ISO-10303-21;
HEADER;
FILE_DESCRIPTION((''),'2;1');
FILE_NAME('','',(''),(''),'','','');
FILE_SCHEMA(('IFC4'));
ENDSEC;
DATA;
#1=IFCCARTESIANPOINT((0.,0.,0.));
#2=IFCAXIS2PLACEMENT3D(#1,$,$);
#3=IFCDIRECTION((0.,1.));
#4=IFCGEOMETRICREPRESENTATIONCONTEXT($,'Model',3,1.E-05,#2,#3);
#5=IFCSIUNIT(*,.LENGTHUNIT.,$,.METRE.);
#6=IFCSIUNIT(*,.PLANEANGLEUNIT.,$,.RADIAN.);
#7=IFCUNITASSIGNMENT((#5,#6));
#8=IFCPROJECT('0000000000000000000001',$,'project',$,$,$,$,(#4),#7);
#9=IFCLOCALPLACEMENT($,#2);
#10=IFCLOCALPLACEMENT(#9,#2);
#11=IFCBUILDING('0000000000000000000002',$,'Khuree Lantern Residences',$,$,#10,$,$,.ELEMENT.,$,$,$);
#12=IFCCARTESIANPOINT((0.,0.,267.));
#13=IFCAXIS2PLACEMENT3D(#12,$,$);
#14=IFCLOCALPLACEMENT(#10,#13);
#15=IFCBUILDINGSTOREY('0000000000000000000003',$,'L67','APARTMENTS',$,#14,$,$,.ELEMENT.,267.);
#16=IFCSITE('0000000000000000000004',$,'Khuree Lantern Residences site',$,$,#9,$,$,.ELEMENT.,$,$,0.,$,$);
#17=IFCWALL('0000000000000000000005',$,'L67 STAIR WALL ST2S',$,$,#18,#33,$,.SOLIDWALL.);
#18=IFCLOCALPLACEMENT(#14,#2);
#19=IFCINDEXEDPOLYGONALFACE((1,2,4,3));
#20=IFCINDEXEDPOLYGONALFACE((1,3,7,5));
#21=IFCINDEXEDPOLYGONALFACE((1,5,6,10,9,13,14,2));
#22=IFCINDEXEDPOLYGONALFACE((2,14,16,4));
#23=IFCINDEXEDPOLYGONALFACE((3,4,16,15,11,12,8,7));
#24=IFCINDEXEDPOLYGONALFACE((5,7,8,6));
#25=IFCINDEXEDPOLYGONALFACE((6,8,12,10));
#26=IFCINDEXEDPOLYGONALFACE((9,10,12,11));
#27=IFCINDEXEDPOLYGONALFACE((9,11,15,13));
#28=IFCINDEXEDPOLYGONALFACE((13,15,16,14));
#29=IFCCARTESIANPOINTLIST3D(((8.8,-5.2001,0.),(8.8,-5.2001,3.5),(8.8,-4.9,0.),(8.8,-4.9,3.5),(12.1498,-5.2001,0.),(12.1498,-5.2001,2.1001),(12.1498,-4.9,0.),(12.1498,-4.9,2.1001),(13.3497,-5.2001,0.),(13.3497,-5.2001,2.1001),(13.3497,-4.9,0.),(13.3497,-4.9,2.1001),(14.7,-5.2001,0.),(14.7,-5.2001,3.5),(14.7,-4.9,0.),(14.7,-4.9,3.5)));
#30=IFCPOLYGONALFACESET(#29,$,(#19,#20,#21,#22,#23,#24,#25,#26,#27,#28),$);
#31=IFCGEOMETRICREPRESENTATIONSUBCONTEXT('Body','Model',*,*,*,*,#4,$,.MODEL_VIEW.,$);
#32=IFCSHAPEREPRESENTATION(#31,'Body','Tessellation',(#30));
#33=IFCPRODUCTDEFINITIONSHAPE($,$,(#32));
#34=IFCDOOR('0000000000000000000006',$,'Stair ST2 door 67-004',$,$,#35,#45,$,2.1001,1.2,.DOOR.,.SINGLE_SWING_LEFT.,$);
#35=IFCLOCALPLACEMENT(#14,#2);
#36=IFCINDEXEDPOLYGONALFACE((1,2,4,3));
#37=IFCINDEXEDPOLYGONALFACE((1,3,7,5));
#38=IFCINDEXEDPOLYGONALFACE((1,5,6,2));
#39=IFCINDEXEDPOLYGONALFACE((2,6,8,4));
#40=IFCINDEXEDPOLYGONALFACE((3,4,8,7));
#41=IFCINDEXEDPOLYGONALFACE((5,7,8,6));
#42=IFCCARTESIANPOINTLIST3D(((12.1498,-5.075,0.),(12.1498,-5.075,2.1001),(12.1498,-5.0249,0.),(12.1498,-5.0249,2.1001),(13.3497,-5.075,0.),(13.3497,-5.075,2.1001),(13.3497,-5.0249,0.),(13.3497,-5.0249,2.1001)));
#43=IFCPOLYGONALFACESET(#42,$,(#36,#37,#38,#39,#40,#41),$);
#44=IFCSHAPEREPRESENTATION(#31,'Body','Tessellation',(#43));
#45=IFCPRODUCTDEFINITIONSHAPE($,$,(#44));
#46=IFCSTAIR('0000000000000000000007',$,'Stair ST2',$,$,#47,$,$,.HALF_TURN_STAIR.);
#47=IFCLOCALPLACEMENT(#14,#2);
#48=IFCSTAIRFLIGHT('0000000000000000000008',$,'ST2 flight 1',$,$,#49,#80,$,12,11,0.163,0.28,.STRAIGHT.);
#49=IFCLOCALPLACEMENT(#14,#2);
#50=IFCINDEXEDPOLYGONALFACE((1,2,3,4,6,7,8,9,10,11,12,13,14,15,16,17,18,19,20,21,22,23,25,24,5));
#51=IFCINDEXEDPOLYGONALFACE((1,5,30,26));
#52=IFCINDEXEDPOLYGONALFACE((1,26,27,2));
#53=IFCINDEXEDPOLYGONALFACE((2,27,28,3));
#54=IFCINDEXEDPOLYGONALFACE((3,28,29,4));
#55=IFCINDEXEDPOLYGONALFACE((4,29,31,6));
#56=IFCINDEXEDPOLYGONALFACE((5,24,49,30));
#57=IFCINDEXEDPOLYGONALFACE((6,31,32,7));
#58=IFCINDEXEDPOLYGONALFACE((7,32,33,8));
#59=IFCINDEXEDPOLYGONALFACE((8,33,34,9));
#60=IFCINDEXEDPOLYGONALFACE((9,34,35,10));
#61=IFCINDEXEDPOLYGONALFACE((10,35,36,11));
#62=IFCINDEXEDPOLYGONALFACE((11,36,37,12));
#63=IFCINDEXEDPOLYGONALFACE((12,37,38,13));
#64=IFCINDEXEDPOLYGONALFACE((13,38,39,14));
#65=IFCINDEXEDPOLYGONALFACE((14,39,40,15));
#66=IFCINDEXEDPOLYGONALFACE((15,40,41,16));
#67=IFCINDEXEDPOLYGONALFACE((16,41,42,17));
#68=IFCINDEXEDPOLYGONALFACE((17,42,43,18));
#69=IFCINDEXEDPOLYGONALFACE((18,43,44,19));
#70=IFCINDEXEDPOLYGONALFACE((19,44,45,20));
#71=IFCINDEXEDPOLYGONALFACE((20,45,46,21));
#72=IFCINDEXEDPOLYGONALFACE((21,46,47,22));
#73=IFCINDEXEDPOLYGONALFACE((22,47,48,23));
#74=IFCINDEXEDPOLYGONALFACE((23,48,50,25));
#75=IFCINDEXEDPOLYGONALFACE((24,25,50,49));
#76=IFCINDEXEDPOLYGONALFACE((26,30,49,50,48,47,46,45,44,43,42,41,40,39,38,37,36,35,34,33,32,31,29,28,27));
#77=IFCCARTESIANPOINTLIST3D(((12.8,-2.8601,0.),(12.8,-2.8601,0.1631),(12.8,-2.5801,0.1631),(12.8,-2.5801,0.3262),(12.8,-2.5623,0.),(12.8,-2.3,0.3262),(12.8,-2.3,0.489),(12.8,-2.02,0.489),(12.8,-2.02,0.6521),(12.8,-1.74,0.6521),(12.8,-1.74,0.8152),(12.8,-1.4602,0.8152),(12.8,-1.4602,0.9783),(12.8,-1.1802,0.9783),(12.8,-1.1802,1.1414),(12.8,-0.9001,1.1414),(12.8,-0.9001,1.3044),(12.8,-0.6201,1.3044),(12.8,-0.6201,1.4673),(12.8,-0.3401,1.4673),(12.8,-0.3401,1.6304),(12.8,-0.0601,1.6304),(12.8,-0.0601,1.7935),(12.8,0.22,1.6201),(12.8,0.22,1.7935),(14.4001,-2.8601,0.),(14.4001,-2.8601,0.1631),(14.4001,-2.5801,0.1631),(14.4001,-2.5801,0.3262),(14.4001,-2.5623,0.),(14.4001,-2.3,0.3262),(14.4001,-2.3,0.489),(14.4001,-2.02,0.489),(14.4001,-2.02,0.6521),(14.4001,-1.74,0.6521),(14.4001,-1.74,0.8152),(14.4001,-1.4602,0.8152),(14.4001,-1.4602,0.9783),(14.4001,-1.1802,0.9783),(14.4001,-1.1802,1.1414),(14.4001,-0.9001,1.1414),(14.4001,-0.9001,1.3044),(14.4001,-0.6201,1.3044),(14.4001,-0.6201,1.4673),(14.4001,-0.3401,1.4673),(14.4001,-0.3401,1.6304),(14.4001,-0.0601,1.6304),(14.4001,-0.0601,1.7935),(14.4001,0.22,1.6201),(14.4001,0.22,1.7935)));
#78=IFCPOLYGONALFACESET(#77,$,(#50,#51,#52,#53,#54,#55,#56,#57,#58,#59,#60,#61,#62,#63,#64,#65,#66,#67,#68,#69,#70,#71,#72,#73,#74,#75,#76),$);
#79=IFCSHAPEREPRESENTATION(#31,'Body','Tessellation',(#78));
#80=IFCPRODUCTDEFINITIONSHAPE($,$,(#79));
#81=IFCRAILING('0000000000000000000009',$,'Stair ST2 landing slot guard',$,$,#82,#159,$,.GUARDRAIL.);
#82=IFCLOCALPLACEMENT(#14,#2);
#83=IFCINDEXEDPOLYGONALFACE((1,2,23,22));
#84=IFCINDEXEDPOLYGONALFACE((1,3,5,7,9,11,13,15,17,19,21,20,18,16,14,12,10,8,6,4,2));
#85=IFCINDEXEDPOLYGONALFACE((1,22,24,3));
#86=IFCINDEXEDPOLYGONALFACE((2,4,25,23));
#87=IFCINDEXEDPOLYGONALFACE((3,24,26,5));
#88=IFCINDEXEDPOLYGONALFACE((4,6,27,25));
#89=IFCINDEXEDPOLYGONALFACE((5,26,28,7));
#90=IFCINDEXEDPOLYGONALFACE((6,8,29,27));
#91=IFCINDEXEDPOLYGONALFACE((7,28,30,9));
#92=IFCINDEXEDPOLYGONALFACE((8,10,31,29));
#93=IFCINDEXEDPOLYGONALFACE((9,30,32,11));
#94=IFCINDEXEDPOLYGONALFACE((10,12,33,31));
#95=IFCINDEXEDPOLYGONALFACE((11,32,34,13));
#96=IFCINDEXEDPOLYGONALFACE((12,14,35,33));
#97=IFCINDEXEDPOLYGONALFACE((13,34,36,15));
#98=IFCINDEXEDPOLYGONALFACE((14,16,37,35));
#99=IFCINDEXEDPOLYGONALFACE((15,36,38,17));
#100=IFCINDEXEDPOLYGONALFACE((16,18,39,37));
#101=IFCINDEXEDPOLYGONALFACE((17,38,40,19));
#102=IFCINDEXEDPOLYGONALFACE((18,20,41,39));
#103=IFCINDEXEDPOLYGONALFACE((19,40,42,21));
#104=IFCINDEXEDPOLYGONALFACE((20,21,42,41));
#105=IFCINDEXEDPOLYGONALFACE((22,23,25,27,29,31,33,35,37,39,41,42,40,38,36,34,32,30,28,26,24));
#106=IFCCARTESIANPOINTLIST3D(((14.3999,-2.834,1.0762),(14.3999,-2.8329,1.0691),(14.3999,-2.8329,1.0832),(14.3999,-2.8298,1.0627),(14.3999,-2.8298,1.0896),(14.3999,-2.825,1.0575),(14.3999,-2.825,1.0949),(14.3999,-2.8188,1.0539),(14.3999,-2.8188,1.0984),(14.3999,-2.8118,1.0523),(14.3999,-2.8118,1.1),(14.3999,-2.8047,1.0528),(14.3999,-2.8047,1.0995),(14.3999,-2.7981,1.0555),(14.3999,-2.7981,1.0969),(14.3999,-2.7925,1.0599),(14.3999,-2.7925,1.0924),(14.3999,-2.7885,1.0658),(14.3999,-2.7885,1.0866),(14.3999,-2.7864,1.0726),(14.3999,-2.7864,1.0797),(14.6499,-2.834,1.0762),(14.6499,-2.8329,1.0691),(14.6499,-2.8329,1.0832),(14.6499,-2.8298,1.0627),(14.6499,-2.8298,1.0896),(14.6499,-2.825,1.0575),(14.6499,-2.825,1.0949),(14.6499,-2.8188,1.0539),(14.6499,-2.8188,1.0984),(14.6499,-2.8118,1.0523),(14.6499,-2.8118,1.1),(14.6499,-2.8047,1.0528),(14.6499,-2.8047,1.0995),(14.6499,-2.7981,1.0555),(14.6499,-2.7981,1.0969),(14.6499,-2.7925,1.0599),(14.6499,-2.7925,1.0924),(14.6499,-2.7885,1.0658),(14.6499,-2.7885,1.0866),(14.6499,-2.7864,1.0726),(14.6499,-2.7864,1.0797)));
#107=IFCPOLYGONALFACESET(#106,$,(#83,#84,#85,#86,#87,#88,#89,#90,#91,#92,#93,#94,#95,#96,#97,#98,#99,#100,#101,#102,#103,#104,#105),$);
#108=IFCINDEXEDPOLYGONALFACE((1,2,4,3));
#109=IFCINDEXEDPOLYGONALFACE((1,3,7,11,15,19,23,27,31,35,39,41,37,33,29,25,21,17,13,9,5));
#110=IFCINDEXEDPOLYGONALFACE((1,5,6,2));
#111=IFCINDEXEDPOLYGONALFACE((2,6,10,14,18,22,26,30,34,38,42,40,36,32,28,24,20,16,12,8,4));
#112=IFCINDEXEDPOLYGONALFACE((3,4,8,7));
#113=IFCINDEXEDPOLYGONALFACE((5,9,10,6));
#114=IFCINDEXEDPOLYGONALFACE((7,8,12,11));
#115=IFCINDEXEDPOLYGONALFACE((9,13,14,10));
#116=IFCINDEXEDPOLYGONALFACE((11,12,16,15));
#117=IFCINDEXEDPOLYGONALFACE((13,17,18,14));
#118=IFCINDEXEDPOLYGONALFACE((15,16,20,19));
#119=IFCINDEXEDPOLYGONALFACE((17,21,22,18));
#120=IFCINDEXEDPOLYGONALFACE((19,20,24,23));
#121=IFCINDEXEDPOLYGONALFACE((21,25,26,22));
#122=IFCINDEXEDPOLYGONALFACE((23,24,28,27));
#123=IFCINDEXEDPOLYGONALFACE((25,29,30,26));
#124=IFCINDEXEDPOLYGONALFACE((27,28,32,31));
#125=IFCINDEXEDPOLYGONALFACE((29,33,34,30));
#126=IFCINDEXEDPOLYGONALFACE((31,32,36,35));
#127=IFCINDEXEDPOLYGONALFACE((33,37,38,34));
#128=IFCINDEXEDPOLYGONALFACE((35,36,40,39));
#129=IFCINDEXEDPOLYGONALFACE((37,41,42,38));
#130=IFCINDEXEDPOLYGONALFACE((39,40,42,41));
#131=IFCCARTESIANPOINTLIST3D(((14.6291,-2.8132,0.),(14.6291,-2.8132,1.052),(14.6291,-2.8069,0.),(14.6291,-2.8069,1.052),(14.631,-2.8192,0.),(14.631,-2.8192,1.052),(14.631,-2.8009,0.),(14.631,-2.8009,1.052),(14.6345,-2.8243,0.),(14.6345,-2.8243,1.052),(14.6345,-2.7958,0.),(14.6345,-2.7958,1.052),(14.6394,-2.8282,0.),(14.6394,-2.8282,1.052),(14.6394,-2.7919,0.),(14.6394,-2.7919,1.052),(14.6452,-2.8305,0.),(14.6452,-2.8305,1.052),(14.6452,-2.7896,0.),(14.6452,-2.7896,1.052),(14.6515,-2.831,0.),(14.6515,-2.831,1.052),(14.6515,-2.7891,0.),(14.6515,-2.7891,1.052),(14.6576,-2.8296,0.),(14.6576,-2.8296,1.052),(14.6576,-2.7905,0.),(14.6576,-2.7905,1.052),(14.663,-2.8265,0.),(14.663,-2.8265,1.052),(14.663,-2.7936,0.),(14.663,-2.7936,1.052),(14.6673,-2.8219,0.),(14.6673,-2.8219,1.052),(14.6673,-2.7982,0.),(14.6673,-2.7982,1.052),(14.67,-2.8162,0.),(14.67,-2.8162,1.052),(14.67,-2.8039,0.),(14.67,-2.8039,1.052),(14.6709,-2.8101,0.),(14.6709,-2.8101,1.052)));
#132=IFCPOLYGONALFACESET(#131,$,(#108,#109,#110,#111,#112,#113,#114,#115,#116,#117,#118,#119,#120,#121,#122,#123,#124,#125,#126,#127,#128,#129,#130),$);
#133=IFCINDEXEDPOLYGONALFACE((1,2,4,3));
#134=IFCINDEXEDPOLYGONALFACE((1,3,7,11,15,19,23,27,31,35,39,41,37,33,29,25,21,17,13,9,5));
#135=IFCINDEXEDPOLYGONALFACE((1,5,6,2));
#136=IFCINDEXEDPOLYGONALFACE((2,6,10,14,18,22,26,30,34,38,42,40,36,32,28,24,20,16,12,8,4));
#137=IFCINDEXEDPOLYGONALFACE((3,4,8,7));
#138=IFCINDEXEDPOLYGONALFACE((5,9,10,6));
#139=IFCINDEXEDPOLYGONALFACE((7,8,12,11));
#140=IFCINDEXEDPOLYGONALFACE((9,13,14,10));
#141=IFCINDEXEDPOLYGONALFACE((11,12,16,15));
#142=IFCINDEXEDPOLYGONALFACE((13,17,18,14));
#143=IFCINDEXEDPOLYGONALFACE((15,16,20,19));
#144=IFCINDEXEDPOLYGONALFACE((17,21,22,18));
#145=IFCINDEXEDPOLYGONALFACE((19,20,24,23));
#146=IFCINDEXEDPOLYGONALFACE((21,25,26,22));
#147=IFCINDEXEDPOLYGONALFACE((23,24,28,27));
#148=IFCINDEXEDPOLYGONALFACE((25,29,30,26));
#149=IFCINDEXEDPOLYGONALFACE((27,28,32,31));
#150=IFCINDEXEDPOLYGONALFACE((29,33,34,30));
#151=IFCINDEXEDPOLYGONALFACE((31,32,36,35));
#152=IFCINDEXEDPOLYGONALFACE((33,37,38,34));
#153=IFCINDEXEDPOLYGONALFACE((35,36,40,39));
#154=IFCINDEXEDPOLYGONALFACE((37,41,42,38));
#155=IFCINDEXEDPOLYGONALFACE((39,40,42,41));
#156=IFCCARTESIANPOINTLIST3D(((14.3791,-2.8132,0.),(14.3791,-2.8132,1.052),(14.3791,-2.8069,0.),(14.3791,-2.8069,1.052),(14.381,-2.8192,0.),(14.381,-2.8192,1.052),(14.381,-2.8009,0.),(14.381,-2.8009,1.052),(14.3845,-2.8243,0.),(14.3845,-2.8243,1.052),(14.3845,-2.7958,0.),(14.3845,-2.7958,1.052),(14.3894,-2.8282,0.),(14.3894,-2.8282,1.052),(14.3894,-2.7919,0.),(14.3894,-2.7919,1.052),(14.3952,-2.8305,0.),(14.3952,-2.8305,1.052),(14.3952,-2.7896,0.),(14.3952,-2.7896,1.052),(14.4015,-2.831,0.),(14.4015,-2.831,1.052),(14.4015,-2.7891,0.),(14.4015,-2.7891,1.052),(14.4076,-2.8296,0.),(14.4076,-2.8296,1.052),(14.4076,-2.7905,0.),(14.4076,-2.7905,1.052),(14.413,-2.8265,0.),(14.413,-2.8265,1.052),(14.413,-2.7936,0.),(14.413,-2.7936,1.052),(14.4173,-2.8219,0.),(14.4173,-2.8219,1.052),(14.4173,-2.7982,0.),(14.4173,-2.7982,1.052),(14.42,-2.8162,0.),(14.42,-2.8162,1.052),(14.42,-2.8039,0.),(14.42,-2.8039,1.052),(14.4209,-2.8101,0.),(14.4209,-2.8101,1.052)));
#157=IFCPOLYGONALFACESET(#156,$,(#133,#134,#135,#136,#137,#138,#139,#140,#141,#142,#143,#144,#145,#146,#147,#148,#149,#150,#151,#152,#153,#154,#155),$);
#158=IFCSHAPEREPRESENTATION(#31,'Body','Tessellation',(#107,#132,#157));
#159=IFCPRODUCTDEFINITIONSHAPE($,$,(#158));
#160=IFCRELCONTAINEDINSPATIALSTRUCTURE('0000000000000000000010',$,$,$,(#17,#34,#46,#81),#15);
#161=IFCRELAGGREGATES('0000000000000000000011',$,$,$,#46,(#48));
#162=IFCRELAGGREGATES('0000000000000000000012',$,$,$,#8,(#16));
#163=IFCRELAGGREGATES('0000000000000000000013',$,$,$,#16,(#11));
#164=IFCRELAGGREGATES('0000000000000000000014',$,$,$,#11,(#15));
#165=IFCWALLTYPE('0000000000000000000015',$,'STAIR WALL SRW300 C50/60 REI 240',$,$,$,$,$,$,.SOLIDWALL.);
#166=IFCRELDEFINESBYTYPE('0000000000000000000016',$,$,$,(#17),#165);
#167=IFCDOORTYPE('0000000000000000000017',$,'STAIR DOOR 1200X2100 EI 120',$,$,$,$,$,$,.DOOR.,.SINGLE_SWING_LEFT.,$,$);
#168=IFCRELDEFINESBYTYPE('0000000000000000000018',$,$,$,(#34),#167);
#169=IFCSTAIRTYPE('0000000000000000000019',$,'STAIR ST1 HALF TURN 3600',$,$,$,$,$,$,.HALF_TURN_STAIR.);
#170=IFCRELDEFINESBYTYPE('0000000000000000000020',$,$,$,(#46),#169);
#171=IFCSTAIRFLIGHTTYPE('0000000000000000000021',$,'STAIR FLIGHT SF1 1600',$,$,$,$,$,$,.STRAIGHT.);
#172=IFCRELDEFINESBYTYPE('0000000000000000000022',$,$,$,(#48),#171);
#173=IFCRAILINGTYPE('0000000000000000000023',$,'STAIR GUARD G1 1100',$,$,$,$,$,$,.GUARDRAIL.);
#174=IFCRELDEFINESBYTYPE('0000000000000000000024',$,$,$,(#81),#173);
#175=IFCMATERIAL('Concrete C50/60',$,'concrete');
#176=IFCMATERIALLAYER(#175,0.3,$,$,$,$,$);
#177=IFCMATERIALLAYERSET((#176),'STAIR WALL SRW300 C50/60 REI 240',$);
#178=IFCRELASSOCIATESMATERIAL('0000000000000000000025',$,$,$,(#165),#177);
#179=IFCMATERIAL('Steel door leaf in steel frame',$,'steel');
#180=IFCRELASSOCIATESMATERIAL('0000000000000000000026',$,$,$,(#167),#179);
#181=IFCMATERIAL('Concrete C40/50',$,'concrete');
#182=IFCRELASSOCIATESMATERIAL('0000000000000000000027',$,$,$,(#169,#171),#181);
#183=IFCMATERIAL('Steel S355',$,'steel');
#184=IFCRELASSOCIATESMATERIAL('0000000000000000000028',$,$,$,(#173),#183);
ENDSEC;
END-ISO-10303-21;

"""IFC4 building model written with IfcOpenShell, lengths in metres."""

from ifc_helpers import new_model, si_unit, direction, frame, frame_2d, origin, origin_2d, place, context, subcontext, project, spatial, polyline, rectangle, circle, outline, extrude, material, layer, layer_set, type_object, element, fill, aggregate, save


model = new_model("IFC4")

# Units and contexts
model_context = context("Model", 3, precision=1e-05, world=origin(), true_north=direction((0.0, 1.0)))
body_context = subcontext(model_context, "Body", "Model", "MODEL_VIEW")
ifc_project = project(units=[si_unit("LENGTHUNIT", "METRE"), si_unit("PLANEANGLEUNIT", "RADIAN")], contexts=[model_context])

# Site, building, storey
site_placement = place(None, origin())
site = spatial("IfcSite", under=ifc_project, at=site_placement, Name="Khuree Lantern Residences site", CompositionType="ELEMENT", RefElevation=0.0)
building_placement = place(site_placement, origin())
building = spatial("IfcBuilding", under=site, at=building_placement, Name="Khuree Lantern Residences", CompositionType="ELEMENT")
storey_placement = place(building_placement, frame((0.0, 0.0, 267.0)))
storey = spatial("IfcBuildingStorey", under=building, at=storey_placement, Name="L67", Description="APARTMENTS", CompositionType="ELEMENT", Elevation=267.0)

# Shared definitions
ifc_material_1 = material(Name="Concrete C50/60", Category="concrete")

# Shared definitions
ifc_material_2 = material(Name="Steel door leaf in steel frame", Category="steel")

# Shared definitions
ifc_layer_1 = layer(ifc_material_1, 0.3)
ifc_layer_set_1 = layer_set([ifc_layer_1], Name="STAIR WALL SRW300 C50/60 REI 240")
wall_type_1 = type_object("IfcWallType", Name="STAIR WALL SRW300 C50/60 REI 240", PredefinedType="SOLIDWALL", material=ifc_layer_set_1)

# Wall, opening, door
wall_1_placement = place(storey_placement, frame((14.7, -5.05, 0.0), z_axis=(0.0, 0.0, 1.0), x_axis=(-1.0, 0.0, 0.0)))
wall_1 = element("IfcWall", 1, at=wall_1_placement, inside=storey, type_object=wall_type_1, Name="L67 STAIR WALL ST2S", PredefinedType="SOLIDWALL", context=body_context, shape_type="SweptSolid", body=[
    extrude(rectangle(XDim=5.8999, YDim=0.3, at=frame_2d((2.95, 0.0))), origin(), (0.0, 0.0, 1.0), 3.5),
])
opening_1_placement = place(wall_1_placement, frame((1.3501, 0.0, 0.0)))
opening_1 = element("IfcOpeningElement", 2, at=opening_1_placement, cuts=wall_1, PredefinedType="OPENING", context=body_context, shape_type="SweptSolid", body=[
    extrude(rectangle(XDim=1.2, YDim=2.1001, at=frame_2d((0.6001, 1.05))), frame((0.0, 0.1602, 0.0), z_axis=(0.0, -1.0, 0.0), x_axis=(1.0, 0.0, 0.0)), (0.0, 0.0, 1.0), 0.3201),
])
door_type_1 = type_object("IfcDoorType", Name="STAIR DOOR 1200X2100 EI 120", OperationType="SINGLE_SWING_LEFT", PredefinedType="DOOR", material=ifc_material_2)
door_1_placement = place(opening_1_placement, origin())
door_1 = element("IfcDoor", 3, at=door_1_placement, inside=storey, type_object=door_type_1, Name="Stair ST2 door 67-004", OperationType="SINGLE_SWING_LEFT", OverallHeight=2.1001, OverallWidth=1.2, PredefinedType="DOOR", context=body_context, shape_type="SweptSolid", body=[
    extrude(rectangle(XDim=1.2, YDim=2.1001, at=frame_2d((0.6001, 1.05))), frame((0.0, 0.0249, 0.0), z_axis=(0.0, -1.0, 0.0), x_axis=(1.0, 0.0, 0.0)), (0.0, 0.0, 1.0), 0.05),
])
fill(opening_1, door_1)

# Stair, stair flight
ifc_material_3 = material(Name="Concrete C40/50", Category="concrete")
stair_type = type_object("IfcStairType", Name="STAIR ST1 HALF TURN 3600", PredefinedType="HALF_TURN_STAIR", material=ifc_material_3)
stair_placement = place(storey_placement, origin())
stair = element("IfcStair", 4, at=stair_placement, inside=storey, type_object=stair_type, Name="Stair ST2", PredefinedType="HALF_TURN_STAIR")
stair_flight_type = type_object("IfcStairFlightType", Name="STAIR FLIGHT SF1 1600", PredefinedType="STRAIGHT", material=ifc_material_3)
stair_flight_placement = place(storey_placement, frame((13.6001, -2.8601, 0.0), z_axis=(0.0, 0.0, 1.0), x_axis=(0.0, 1.0, 0.0)))
stair_flight = element("IfcStairFlight", 5, at=stair_flight_placement, type_object=stair_flight_type, Name="ST2 flight 1", NumberOfRisers=12, NumberOfTreads=11, PredefinedType="STRAIGHT", RiserHeight=0.163, TreadLength=0.28, context=body_context, shape_type="SweptSolid", body=[
    extrude(outline(polyline([(0.0, 0.0), (0.0, 0.1631), (0.28, 0.1631), (0.28, 0.3262), (0.5601, 0.3262), (0.5601, 0.489), (0.8401, 0.489), (0.8401, 0.6521), (1.1201, 0.6521), (1.1201, 0.8152), (1.3999, 0.8152), (1.3999, 0.9783), (1.6799, 0.9783), (1.6799, 1.1414), (1.96, 1.1414), (1.96, 1.3044), (2.24, 1.3044), (2.24, 1.4673), (2.52, 1.4673), (2.52, 1.6304), (2.8, 1.6304), (2.8, 1.7935), (3.0801, 1.7935), (3.0801, 1.9565), (3.0801, 1.6201), (0.2979, 0.0), (0.0, 0.0)])), frame((0.0, 0.8, 0.0), z_axis=(0.0, -1.0, 0.0), x_axis=(1.0, 0.0, 0.0)), (0.0, 0.0, 1.0), 1.6001),
])
aggregate(stair, [stair_flight])

# Railing
ifc_material_4 = material(Name="Steel S355", Category="steel")
railing_type_1 = type_object("IfcRailingType", Name="STAIR GUARD G1 1100", PredefinedType="GUARDRAIL", material=ifc_material_4)
railing_1_placement = place(storey_placement, frame((14.6499, -2.8101, 0.0)))
element("IfcRailing", 6, at=railing_1_placement, inside=storey, type_object=railing_type_1, Name="Stair ST2 landing slot guard", PredefinedType="GUARDRAIL", context=body_context, shape_type="SweptSolid", body=[
    extrude(circle(Radius=0.0239, at=origin_2d()), frame((0.0, 0.0, 1.0762), z_axis=(-1.0, 0.0, 0.0), x_axis=(0.0, -1.0, 0.0)), (0.0, 0.0, 1.0), 0.25),
    extrude(circle(Radius=0.021, at=origin_2d()), origin(), (0.0, 0.0, 1.0), 1.052),
    extrude(circle(Radius=0.021, at=origin_2d()), frame((-0.25, 0.0, 0.0)), (0.0, 0.0, 1.0), 1.052),
])

save(model, "model.ifc")
